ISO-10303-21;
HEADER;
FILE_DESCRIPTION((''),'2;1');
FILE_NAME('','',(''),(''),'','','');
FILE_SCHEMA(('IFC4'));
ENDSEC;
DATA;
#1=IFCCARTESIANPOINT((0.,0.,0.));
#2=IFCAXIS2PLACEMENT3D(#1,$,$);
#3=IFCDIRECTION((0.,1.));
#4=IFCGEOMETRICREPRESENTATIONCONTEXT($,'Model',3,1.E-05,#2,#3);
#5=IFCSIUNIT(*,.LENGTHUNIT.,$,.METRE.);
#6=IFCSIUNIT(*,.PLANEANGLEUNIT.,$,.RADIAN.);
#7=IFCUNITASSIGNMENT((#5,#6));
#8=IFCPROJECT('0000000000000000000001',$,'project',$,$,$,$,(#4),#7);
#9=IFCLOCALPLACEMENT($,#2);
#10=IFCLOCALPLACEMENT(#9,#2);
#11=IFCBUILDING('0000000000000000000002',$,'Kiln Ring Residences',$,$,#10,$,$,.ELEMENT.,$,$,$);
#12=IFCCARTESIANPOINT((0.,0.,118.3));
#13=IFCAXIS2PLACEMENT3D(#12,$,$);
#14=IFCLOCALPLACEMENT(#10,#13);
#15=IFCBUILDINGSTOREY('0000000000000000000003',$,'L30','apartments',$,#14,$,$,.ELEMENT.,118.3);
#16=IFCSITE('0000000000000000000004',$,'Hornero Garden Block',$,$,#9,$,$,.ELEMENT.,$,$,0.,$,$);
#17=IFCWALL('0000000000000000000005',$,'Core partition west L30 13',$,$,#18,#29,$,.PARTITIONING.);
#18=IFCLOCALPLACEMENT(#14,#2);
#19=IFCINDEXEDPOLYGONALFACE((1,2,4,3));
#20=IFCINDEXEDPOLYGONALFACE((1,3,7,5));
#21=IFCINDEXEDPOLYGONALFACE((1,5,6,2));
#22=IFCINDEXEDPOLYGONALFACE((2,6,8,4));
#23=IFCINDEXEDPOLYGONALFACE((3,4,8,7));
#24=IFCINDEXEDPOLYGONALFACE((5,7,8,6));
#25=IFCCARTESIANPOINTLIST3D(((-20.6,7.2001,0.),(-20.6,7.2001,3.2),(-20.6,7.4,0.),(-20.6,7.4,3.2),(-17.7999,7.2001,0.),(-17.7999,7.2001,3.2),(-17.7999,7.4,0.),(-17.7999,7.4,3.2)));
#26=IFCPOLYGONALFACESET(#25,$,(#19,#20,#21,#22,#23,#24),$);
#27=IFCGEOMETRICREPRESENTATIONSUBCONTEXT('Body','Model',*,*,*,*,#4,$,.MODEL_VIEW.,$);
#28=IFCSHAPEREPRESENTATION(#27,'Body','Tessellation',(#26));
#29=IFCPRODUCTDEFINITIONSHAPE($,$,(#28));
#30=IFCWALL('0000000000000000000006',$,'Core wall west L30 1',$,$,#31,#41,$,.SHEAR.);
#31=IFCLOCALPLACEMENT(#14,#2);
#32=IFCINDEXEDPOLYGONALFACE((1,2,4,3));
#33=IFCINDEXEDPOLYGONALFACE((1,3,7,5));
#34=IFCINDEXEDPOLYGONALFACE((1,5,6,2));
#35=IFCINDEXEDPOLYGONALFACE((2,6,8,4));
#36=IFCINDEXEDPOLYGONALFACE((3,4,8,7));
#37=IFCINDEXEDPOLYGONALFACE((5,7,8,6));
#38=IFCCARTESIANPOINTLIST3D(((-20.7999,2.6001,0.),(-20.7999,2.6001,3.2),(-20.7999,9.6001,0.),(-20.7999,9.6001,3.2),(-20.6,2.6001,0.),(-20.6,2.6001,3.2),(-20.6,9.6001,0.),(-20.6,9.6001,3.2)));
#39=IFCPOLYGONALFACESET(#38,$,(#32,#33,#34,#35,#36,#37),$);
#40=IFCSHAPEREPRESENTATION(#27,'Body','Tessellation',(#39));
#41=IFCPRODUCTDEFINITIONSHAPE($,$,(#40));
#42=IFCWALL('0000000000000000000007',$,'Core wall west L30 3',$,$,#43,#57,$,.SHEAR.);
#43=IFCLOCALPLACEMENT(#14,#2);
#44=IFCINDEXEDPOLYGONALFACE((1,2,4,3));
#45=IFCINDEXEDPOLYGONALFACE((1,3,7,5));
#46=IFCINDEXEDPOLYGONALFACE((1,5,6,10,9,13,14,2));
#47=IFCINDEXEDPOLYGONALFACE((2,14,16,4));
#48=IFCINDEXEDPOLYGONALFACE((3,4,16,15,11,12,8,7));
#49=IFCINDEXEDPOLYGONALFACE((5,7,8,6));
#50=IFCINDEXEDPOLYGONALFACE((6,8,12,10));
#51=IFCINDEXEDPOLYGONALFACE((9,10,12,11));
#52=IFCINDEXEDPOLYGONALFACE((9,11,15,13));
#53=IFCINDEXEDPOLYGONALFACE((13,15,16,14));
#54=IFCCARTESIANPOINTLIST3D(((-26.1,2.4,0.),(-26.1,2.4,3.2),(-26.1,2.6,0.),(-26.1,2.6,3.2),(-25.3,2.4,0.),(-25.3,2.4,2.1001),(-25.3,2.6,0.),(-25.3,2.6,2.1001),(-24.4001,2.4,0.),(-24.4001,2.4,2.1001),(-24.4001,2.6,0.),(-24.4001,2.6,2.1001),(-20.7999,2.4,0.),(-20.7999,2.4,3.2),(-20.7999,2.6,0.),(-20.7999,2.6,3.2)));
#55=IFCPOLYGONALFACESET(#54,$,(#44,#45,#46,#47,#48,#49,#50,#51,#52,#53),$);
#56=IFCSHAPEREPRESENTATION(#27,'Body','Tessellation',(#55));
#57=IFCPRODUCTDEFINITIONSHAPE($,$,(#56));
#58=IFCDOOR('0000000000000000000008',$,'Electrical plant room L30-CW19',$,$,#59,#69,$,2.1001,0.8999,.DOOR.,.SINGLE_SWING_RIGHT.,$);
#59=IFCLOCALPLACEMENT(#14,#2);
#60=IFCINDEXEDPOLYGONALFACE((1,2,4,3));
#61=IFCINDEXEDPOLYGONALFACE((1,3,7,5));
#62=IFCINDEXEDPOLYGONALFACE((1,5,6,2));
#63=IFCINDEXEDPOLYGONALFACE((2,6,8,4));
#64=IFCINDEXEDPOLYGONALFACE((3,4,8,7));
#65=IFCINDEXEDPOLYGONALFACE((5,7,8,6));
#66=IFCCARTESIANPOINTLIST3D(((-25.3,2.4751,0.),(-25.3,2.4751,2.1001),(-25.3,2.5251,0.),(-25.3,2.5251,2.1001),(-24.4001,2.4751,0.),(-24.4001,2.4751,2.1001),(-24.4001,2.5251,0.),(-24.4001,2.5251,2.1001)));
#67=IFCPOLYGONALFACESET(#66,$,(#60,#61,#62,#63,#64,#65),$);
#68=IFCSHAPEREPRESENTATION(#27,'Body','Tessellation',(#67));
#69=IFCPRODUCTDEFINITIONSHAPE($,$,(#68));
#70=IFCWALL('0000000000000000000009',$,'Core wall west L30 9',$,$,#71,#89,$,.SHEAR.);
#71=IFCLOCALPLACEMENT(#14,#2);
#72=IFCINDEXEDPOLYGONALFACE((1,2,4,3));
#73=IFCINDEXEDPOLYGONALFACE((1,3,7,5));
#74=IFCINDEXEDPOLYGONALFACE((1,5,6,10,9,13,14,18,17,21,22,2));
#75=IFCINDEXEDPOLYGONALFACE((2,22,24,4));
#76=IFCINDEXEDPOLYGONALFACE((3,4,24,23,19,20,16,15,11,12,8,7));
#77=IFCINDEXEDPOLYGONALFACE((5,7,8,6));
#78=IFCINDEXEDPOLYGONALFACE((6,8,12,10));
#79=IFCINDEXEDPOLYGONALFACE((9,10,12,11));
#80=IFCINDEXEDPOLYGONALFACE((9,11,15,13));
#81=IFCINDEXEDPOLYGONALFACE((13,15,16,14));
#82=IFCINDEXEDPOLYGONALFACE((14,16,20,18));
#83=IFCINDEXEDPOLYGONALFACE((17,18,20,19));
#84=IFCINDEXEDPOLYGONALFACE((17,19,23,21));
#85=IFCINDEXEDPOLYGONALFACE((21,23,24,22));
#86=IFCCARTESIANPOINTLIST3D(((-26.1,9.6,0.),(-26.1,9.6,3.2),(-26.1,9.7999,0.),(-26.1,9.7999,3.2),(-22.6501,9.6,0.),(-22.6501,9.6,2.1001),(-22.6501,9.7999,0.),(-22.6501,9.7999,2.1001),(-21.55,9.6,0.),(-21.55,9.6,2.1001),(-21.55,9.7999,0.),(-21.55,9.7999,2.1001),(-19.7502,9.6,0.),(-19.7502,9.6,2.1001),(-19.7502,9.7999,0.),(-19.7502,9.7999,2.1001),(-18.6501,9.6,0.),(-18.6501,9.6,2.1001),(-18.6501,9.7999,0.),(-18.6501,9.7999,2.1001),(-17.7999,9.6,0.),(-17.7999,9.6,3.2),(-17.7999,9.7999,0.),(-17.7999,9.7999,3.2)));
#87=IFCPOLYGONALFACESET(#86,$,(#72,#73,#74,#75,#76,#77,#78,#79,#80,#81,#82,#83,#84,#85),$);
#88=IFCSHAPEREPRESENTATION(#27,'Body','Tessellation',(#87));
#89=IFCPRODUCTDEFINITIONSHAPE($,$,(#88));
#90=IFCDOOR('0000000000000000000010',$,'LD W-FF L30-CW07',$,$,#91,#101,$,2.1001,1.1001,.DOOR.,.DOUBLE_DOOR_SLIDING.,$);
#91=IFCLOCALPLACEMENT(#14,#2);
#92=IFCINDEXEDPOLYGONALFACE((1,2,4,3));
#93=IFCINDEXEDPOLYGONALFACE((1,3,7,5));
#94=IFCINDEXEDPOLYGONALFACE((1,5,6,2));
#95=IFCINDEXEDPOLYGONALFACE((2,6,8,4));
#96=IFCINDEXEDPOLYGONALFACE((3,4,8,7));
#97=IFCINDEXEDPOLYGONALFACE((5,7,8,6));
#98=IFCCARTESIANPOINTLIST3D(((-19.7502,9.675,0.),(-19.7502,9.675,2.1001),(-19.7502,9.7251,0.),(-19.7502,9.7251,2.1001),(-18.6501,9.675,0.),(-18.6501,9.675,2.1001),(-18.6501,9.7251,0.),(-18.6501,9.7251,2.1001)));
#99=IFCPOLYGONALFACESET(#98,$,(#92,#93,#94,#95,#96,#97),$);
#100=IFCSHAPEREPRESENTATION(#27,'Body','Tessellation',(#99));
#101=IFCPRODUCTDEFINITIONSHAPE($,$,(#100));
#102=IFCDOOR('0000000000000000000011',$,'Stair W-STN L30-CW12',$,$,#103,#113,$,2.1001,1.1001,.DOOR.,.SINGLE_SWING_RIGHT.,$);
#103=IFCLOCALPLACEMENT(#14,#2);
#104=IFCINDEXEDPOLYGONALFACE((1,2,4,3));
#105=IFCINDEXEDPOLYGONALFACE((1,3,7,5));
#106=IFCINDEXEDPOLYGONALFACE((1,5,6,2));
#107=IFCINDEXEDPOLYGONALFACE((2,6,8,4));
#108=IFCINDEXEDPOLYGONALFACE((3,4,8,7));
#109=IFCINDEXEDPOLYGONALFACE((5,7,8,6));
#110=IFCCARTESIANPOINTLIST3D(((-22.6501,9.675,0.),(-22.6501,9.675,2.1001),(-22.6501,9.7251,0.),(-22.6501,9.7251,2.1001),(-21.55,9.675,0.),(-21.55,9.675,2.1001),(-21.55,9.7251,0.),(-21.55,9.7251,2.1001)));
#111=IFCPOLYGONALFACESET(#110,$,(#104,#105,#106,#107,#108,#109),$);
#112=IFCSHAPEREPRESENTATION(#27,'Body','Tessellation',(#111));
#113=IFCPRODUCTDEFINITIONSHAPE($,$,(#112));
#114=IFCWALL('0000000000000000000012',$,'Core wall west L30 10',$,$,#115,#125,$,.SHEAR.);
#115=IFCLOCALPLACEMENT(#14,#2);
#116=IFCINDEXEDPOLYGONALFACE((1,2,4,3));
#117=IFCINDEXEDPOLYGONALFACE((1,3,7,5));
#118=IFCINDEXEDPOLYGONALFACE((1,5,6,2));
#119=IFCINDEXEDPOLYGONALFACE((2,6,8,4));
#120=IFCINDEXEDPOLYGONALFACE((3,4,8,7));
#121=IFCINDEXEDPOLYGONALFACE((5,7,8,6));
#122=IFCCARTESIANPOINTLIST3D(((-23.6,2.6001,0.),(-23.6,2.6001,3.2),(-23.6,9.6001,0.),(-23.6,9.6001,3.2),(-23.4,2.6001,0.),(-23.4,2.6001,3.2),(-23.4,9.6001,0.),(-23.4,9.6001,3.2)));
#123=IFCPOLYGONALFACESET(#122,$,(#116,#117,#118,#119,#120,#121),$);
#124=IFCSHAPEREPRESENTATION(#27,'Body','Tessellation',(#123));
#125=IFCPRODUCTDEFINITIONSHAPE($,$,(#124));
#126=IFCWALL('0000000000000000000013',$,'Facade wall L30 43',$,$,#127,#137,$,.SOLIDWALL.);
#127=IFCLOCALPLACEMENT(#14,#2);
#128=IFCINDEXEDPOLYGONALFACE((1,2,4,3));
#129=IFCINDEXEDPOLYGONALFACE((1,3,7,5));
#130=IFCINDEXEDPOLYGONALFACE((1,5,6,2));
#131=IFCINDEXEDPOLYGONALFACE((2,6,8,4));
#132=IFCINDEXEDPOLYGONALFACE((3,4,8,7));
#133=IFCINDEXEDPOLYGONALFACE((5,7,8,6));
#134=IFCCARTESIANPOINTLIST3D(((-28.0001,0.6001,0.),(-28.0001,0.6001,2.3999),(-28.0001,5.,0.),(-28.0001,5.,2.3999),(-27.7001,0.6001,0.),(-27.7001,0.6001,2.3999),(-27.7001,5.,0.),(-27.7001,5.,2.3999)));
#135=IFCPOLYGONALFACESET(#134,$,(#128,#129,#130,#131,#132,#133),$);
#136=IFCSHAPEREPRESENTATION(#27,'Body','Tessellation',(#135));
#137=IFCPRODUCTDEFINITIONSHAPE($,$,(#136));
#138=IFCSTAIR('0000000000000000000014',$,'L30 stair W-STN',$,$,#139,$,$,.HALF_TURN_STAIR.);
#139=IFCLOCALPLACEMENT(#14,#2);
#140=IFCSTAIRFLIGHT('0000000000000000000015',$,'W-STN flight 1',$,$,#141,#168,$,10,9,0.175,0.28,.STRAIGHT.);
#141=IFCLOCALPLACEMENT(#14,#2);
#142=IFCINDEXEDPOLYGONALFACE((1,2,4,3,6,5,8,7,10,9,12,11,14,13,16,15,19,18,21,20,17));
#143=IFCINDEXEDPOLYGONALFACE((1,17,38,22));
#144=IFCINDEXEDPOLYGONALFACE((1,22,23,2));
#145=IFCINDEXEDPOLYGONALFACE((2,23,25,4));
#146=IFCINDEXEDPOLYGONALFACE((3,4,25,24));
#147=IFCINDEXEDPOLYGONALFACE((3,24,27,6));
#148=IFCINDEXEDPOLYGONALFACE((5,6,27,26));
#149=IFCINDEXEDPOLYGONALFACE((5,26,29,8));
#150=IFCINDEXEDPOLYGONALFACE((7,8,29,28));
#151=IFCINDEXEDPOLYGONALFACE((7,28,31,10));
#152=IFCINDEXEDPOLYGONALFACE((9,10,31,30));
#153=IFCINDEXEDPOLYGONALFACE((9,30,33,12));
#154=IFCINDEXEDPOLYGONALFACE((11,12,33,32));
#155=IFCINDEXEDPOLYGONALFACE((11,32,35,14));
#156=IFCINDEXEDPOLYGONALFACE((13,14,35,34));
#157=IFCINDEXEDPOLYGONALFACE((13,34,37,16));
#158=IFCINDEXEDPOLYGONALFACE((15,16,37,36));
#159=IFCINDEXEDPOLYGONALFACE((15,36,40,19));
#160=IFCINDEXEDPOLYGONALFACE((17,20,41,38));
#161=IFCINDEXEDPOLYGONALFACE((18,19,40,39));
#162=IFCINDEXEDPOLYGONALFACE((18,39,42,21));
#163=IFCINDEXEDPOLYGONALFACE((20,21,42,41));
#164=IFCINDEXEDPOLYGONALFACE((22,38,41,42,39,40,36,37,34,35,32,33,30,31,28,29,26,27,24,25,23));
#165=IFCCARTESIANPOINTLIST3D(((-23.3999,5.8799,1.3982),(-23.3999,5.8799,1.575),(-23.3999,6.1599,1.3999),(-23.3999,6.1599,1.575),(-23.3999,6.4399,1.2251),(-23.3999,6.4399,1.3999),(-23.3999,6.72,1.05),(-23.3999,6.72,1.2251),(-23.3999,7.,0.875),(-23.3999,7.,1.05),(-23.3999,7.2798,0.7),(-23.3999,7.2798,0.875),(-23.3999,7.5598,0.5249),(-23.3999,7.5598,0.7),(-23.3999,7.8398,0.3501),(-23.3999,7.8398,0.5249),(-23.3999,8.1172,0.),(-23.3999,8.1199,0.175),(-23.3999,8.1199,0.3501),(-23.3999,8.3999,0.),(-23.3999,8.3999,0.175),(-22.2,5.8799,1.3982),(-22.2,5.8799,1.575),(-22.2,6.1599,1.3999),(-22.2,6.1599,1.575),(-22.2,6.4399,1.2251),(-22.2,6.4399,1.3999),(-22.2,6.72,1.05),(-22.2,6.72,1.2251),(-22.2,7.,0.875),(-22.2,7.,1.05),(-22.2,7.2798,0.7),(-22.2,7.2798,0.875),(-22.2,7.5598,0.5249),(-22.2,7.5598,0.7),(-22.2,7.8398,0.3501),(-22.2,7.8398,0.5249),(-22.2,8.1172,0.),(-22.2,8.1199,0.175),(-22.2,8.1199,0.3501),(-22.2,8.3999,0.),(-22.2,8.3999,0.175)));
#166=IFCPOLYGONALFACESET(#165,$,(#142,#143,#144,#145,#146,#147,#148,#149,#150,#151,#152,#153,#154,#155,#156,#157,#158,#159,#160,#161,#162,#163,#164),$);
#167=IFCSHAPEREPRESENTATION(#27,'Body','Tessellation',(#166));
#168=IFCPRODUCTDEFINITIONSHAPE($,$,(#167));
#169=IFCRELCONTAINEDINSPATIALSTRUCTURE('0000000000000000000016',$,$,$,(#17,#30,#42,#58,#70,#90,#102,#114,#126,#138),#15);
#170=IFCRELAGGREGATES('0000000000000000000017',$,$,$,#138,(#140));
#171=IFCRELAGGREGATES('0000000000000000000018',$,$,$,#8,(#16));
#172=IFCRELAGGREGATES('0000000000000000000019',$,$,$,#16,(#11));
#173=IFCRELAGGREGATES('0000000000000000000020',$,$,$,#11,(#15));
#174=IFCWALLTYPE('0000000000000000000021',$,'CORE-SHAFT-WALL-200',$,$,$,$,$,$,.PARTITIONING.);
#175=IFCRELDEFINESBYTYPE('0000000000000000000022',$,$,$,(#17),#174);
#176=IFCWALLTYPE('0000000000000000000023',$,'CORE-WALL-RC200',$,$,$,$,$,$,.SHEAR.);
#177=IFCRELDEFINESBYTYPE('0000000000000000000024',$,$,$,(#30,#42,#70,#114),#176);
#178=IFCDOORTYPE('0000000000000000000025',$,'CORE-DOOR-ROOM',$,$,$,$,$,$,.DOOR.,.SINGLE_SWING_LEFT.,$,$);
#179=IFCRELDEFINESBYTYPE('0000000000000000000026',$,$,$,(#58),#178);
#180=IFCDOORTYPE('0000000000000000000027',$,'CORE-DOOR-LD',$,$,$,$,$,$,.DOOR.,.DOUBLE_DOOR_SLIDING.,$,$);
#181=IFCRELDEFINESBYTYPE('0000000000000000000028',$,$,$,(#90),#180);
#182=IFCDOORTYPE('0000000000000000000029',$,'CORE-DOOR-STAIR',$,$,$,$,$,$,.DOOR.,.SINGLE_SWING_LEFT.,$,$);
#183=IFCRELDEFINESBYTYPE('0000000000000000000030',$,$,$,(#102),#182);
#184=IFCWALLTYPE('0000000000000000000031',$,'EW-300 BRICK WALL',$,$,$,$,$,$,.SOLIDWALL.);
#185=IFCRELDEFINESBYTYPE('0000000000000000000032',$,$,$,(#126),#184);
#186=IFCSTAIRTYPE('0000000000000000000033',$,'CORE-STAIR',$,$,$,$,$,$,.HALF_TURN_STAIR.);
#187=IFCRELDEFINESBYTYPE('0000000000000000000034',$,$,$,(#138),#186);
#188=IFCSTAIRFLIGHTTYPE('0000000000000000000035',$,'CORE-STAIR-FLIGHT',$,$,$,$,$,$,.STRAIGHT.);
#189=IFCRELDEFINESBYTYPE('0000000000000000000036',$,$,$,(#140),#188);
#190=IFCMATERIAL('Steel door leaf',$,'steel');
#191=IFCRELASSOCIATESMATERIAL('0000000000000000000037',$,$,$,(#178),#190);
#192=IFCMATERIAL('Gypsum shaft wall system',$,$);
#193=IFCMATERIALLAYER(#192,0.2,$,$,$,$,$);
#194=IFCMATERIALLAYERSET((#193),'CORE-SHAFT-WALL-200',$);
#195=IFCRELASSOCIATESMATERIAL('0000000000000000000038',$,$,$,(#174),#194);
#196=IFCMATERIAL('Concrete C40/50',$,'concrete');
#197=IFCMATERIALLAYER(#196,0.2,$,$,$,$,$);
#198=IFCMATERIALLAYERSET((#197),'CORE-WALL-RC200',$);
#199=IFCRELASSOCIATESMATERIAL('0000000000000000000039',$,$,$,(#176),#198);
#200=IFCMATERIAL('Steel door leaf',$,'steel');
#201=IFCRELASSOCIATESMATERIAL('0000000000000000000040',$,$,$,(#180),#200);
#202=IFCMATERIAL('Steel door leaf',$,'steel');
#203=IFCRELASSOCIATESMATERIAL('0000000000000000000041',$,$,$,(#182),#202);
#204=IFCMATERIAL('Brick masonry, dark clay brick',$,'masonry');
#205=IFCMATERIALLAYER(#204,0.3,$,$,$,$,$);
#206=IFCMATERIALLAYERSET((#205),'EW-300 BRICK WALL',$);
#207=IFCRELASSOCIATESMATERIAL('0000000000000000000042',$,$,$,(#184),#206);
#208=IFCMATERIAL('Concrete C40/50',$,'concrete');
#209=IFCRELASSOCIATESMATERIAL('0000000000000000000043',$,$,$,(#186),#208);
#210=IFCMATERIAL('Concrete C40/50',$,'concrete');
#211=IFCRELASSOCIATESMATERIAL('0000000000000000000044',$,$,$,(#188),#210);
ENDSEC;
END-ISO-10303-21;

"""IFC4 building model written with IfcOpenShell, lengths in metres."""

from ifc_helpers import new_model, si_unit, direction, frame, frame_2d, origin, place, context, subcontext, project, spatial, polyline, rectangle, outline, extrude, material, layer, layer_set, type_object, element, fill, aggregate, save


model = new_model("IFC4")

# Units and contexts
model_context = context("Model", 3, precision=1e-05, world=origin(), true_north=direction((0.0, 1.0)))
body_context = subcontext(model_context, "Body", "Model", "MODEL_VIEW")
ifc_project = project(units=[si_unit("LENGTHUNIT", "METRE"), si_unit("PLANEANGLEUNIT", "RADIAN")], contexts=[model_context])

# Site, building, storey
site_placement = place(None, origin())
site = spatial("IfcSite", under=ifc_project, at=site_placement, Name="Hornero Garden Block", CompositionType="ELEMENT", RefElevation=0.0)
building_placement = place(site_placement, origin())
building = spatial("IfcBuilding", under=site, at=building_placement, Name="Kiln Ring Residences", CompositionType="ELEMENT")
storey_placement = place(building_placement, frame((0.0, 0.0, 118.3)))
storey = spatial("IfcBuildingStorey", under=building, at=storey_placement, Name="L30", Description="apartments", CompositionType="ELEMENT", Elevation=118.3)

# Shared definitions
ifc_material_1 = material(Name="Steel door leaf", Category="steel")
door_type_1 = type_object("IfcDoorType", Name="CORE-DOOR-ROOM", OperationType="SINGLE_SWING_LEFT", PredefinedType="DOOR", material=ifc_material_1)

# Shared definitions
ifc_material_2 = material(Name="Gypsum shaft wall system")
ifc_layer_1 = layer(ifc_material_2, 0.2)
ifc_layer_set_1 = layer_set([ifc_layer_1], Name="CORE-SHAFT-WALL-200")
wall_type_1 = type_object("IfcWallType", Name="CORE-SHAFT-WALL-200", PredefinedType="PARTITIONING", material=ifc_layer_set_1)

# Walls
wall_1_placement = place(storey_placement, frame((-17.8, 7.3, 0.0), z_axis=(0.0, 0.0, 1.0), x_axis=(-1.0, 0.0, 0.0)))
element("IfcWall", 1, at=wall_1_placement, inside=storey, type_object=wall_type_1, Name="Core partition west L30 13", PredefinedType="PARTITIONING", context=body_context, shape_type="SweptSolid", body=[
    extrude(rectangle(XDim=2.8, YDim=0.2, at=frame_2d((1.3999, 0.0))), origin(), (0.0, 0.0, 1.0), 3.2),
])
ifc_material_3 = material(Name="Concrete C40/50", Category="concrete")
ifc_layer_2 = layer(ifc_material_3, 0.2)
ifc_layer_set_2 = layer_set([ifc_layer_2], Name="CORE-WALL-RC200")
wall_type_2 = type_object("IfcWallType", Name="CORE-WALL-RC200", PredefinedType="SHEAR", material=ifc_layer_set_2)
wall_2_placement = place(storey_placement, frame((-20.7, 2.6001, 0.0), z_axis=(0.0, 0.0, 1.0), x_axis=(0.0, 1.0, 0.0)))
element("IfcWall", 2, at=wall_2_placement, inside=storey, type_object=wall_type_2, Name="Core wall west L30 1", PredefinedType="SHEAR", context=body_context, shape_type="SweptSolid", body=[
    extrude(rectangle(XDim=7.0, YDim=0.2, at=frame_2d((3.5, 0.0))), origin(), (0.0, 0.0, 1.0), 3.2),
])

# Wall, opening, door
wall_3_placement = place(storey_placement, frame((-20.8, 2.5, 0.0), z_axis=(0.0, 0.0, 1.0), x_axis=(-1.0, 0.0, 0.0)))
wall_3 = element("IfcWall", 3, at=wall_3_placement, inside=storey, type_object=wall_type_2, Name="Core wall west L30 3", PredefinedType="SHEAR", context=body_context, shape_type="SweptSolid", body=[
    extrude(rectangle(XDim=5.3, YDim=0.2, at=frame_2d((2.6499, 0.0))), origin(), (0.0, 0.0, 1.0), 3.2),
])
opening_1_placement = place(wall_3_placement, frame((3.6001, 0.0, 0.0)))
opening_1 = element("IfcOpeningElement", 4, at=opening_1_placement, cuts=wall_3, PredefinedType="OPENING", context=body_context, shape_type="SweptSolid", body=[
    extrude(rectangle(XDim=0.8999, YDim=2.1001, at=frame_2d((0.45, 1.05))), frame((0.0, 0.1099, 0.0), z_axis=(0.0, -1.0, 0.0), x_axis=(1.0, 0.0, 0.0)), (0.0, 0.0, 1.0), 0.22),
])
door_1_placement = place(opening_1_placement, origin())
door_1 = element("IfcDoor", 5, at=door_1_placement, inside=storey, type_object=door_type_1, Name="Electrical plant room L30-CW19", OperationType="SINGLE_SWING_RIGHT", OverallHeight=2.1001, OverallWidth=0.8999, PredefinedType="DOOR", context=body_context, shape_type="SweptSolid", body=[
    extrude(rectangle(XDim=0.8999, YDim=2.1001, at=frame_2d((0.45, 1.05))), frame((0.0, 0.0249, 0.0), z_axis=(0.0, -1.0, 0.0), x_axis=(1.0, 0.0, 0.0)), (0.0, 0.0, 1.0), 0.05),
])
fill(opening_1, door_1)

# Wall, openings, doors
wall_4_placement = place(storey_placement, frame((-17.8, 9.7, 0.0), z_axis=(0.0, 0.0, 1.0), x_axis=(-1.0, 0.0, 0.0)))
wall_4 = element("IfcWall", 6, at=wall_4_placement, inside=storey, type_object=wall_type_2, Name="Core wall west L30 9", PredefinedType="SHEAR", context=body_context, shape_type="SweptSolid", body=[
    extrude(rectangle(XDim=8.3, YDim=0.2, at=frame_2d((4.1499, 0.0))), origin(), (0.0, 0.0, 1.0), 3.2),
])
opening_2_placement = place(wall_4_placement, frame((0.8501, 0.0, 0.0)))
opening_2 = element("IfcOpeningElement", 7, at=opening_2_placement, cuts=wall_4, PredefinedType="OPENING", context=body_context, shape_type="SweptSolid", body=[
    extrude(rectangle(XDim=1.1001, YDim=2.1001, at=frame_2d((0.55, 1.05))), frame((0.0, 0.1099, 0.0), z_axis=(0.0, -1.0, 0.0), x_axis=(1.0, 0.0, 0.0)), (0.0, 0.0, 1.0), 0.22),
])
opening_3_placement = place(wall_4_placement, frame((3.75, 0.0, 0.0)))
opening_3 = element("IfcOpeningElement", 8, at=opening_3_placement, cuts=wall_4, PredefinedType="OPENING", context=body_context, shape_type="SweptSolid", body=[
    extrude(rectangle(XDim=1.1001, YDim=2.1001, at=frame_2d((0.55, 1.05))), frame((0.0, 0.1099, 0.0), z_axis=(0.0, -1.0, 0.0), x_axis=(1.0, 0.0, 0.0)), (0.0, 0.0, 1.0), 0.22),
])
ifc_material_4 = material(Name="Steel door leaf", Category="steel")
door_type_2 = type_object("IfcDoorType", Name="CORE-DOOR-LD", OperationType="DOUBLE_DOOR_SLIDING", PredefinedType="DOOR", material=ifc_material_4)
door_2_placement = place(opening_2_placement, origin())
door_2 = element("IfcDoor", 9, at=door_2_placement, inside=storey, type_object=door_type_2, Name="LD W-FF L30-CW07", OperationType="DOUBLE_DOOR_SLIDING", OverallHeight=2.1001, OverallWidth=1.1001, PredefinedType="DOOR", context=body_context, shape_type="SweptSolid", body=[
    extrude(rectangle(XDim=1.1001, YDim=2.1001, at=frame_2d((0.55, 1.05))), frame((0.0, 0.0249, 0.0), z_axis=(0.0, -1.0, 0.0), x_axis=(1.0, 0.0, 0.0)), (0.0, 0.0, 1.0), 0.05),
])
fill(opening_2, door_2)
ifc_material_5 = material(Name="Steel door leaf", Category="steel")
door_type_3 = type_object("IfcDoorType", Name="CORE-DOOR-STAIR", OperationType="SINGLE_SWING_LEFT", PredefinedType="DOOR", material=ifc_material_5)
door_3_placement = place(opening_3_placement, origin())
door_3 = element("IfcDoor", 10, at=door_3_placement, inside=storey, type_object=door_type_3, Name="Stair W-STN L30-CW12", OperationType="SINGLE_SWING_RIGHT", OverallHeight=2.1001, OverallWidth=1.1001, PredefinedType="DOOR", context=body_context, shape_type="SweptSolid", body=[
    extrude(rectangle(XDim=1.1001, YDim=2.1001, at=frame_2d((0.55, 1.05))), frame((0.0, 0.0249, 0.0), z_axis=(0.0, -1.0, 0.0), x_axis=(1.0, 0.0, 0.0)), (0.0, 0.0, 1.0), 0.05),
])
fill(opening_3, door_3)

# Walls
wall_5_placement = place(storey_placement, frame((-23.5, 2.6001, 0.0), z_axis=(0.0, 0.0, 1.0), x_axis=(0.0, 1.0, 0.0)))
element("IfcWall", 11, at=wall_5_placement, inside=storey, type_object=wall_type_2, Name="Core wall west L30 10", PredefinedType="SHEAR", context=body_context, shape_type="SweptSolid", body=[
    extrude(rectangle(XDim=7.0, YDim=0.2, at=frame_2d((3.5, 0.0))), origin(), (0.0, 0.0, 1.0), 3.2),
])
ifc_material_6 = material(Name="Brick masonry, dark clay brick", Category="masonry")
ifc_layer_3 = layer(ifc_material_6, 0.3)
ifc_layer_set_3 = layer_set([ifc_layer_3], Name="EW-300 BRICK WALL")
wall_type_3 = type_object("IfcWallType", Name="EW-300 BRICK WALL", PredefinedType="SOLIDWALL", material=ifc_layer_set_3)
wall_6_placement = place(storey_placement, frame((-27.8501, 5.0, 0.0), z_axis=(0.0, 0.0, 1.0), x_axis=(0.0, -1.0, 0.0)))
element("IfcWall", 12, at=wall_6_placement, inside=storey, type_object=wall_type_3, Name="Facade wall L30 43", PredefinedType="SOLIDWALL", context=body_context, shape_type="SweptSolid", body=[
    extrude(rectangle(XDim=4.3999, YDim=0.3, at=frame_2d((2.2, 0.0))), origin(), (0.0, 0.0, 1.0), 2.3999),
])

# Stair, stair flight
ifc_material_7 = material(Name="Concrete C40/50", Category="concrete")
stair_type = type_object("IfcStairType", Name="CORE-STAIR", PredefinedType="HALF_TURN_STAIR", material=ifc_material_7)
stair_placement = place(storey_placement, origin())
stair = element("IfcStair", 13, at=stair_placement, inside=storey, type_object=stair_type, Name="L30 stair W-STN", PredefinedType="HALF_TURN_STAIR")
ifc_material_8 = material(Name="Concrete C40/50", Category="concrete")
stair_flight_type = type_object("IfcStairFlightType", Name="CORE-STAIR-FLIGHT", PredefinedType="STRAIGHT", material=ifc_material_8)
stair_flight_1_placement = place(storey_placement, frame((-22.8, 8.3999, 0.0), z_axis=(0.0, 0.0, 1.0), x_axis=(0.0, -1.0, 0.0)))
stair_flight_1 = element("IfcStairFlight", 14, at=stair_flight_1_placement, type_object=stair_flight_type, Name="W-STN flight 1", NumberOfRisers=10, NumberOfTreads=9, PredefinedType="STRAIGHT", RiserHeight=0.175, TreadLength=0.28, context=body_context, shape_type="SweptSolid", body=[
    extrude(outline(polyline([(0.0, 0.0), (0.0, 0.175), (0.28, 0.175), (0.28, 0.3501), (0.5601, 0.3501), (0.5601, 0.5249), (0.8401, 0.5249), (0.8401, 0.7), (1.1201, 0.7), (1.1201, 0.875), (1.3999, 0.875), (1.3999, 1.05), (1.6799, 1.05), (1.6799, 1.2251), (1.96, 1.2251), (1.96, 1.3999), (2.24, 1.3999), (2.24, 1.575), (2.52, 1.575), (2.52, 1.75), (2.52, 1.3982), (0.2827, 0.0), (0.0, 0.0)])), frame((0.0, 0.6001, 0.0), z_axis=(0.0, -1.0, 0.0), x_axis=(1.0, 0.0, 0.0)), (0.0, 0.0, 1.0), 1.2),
])
aggregate(stair, [stair_flight_1])

save(model, "model.ifc")
